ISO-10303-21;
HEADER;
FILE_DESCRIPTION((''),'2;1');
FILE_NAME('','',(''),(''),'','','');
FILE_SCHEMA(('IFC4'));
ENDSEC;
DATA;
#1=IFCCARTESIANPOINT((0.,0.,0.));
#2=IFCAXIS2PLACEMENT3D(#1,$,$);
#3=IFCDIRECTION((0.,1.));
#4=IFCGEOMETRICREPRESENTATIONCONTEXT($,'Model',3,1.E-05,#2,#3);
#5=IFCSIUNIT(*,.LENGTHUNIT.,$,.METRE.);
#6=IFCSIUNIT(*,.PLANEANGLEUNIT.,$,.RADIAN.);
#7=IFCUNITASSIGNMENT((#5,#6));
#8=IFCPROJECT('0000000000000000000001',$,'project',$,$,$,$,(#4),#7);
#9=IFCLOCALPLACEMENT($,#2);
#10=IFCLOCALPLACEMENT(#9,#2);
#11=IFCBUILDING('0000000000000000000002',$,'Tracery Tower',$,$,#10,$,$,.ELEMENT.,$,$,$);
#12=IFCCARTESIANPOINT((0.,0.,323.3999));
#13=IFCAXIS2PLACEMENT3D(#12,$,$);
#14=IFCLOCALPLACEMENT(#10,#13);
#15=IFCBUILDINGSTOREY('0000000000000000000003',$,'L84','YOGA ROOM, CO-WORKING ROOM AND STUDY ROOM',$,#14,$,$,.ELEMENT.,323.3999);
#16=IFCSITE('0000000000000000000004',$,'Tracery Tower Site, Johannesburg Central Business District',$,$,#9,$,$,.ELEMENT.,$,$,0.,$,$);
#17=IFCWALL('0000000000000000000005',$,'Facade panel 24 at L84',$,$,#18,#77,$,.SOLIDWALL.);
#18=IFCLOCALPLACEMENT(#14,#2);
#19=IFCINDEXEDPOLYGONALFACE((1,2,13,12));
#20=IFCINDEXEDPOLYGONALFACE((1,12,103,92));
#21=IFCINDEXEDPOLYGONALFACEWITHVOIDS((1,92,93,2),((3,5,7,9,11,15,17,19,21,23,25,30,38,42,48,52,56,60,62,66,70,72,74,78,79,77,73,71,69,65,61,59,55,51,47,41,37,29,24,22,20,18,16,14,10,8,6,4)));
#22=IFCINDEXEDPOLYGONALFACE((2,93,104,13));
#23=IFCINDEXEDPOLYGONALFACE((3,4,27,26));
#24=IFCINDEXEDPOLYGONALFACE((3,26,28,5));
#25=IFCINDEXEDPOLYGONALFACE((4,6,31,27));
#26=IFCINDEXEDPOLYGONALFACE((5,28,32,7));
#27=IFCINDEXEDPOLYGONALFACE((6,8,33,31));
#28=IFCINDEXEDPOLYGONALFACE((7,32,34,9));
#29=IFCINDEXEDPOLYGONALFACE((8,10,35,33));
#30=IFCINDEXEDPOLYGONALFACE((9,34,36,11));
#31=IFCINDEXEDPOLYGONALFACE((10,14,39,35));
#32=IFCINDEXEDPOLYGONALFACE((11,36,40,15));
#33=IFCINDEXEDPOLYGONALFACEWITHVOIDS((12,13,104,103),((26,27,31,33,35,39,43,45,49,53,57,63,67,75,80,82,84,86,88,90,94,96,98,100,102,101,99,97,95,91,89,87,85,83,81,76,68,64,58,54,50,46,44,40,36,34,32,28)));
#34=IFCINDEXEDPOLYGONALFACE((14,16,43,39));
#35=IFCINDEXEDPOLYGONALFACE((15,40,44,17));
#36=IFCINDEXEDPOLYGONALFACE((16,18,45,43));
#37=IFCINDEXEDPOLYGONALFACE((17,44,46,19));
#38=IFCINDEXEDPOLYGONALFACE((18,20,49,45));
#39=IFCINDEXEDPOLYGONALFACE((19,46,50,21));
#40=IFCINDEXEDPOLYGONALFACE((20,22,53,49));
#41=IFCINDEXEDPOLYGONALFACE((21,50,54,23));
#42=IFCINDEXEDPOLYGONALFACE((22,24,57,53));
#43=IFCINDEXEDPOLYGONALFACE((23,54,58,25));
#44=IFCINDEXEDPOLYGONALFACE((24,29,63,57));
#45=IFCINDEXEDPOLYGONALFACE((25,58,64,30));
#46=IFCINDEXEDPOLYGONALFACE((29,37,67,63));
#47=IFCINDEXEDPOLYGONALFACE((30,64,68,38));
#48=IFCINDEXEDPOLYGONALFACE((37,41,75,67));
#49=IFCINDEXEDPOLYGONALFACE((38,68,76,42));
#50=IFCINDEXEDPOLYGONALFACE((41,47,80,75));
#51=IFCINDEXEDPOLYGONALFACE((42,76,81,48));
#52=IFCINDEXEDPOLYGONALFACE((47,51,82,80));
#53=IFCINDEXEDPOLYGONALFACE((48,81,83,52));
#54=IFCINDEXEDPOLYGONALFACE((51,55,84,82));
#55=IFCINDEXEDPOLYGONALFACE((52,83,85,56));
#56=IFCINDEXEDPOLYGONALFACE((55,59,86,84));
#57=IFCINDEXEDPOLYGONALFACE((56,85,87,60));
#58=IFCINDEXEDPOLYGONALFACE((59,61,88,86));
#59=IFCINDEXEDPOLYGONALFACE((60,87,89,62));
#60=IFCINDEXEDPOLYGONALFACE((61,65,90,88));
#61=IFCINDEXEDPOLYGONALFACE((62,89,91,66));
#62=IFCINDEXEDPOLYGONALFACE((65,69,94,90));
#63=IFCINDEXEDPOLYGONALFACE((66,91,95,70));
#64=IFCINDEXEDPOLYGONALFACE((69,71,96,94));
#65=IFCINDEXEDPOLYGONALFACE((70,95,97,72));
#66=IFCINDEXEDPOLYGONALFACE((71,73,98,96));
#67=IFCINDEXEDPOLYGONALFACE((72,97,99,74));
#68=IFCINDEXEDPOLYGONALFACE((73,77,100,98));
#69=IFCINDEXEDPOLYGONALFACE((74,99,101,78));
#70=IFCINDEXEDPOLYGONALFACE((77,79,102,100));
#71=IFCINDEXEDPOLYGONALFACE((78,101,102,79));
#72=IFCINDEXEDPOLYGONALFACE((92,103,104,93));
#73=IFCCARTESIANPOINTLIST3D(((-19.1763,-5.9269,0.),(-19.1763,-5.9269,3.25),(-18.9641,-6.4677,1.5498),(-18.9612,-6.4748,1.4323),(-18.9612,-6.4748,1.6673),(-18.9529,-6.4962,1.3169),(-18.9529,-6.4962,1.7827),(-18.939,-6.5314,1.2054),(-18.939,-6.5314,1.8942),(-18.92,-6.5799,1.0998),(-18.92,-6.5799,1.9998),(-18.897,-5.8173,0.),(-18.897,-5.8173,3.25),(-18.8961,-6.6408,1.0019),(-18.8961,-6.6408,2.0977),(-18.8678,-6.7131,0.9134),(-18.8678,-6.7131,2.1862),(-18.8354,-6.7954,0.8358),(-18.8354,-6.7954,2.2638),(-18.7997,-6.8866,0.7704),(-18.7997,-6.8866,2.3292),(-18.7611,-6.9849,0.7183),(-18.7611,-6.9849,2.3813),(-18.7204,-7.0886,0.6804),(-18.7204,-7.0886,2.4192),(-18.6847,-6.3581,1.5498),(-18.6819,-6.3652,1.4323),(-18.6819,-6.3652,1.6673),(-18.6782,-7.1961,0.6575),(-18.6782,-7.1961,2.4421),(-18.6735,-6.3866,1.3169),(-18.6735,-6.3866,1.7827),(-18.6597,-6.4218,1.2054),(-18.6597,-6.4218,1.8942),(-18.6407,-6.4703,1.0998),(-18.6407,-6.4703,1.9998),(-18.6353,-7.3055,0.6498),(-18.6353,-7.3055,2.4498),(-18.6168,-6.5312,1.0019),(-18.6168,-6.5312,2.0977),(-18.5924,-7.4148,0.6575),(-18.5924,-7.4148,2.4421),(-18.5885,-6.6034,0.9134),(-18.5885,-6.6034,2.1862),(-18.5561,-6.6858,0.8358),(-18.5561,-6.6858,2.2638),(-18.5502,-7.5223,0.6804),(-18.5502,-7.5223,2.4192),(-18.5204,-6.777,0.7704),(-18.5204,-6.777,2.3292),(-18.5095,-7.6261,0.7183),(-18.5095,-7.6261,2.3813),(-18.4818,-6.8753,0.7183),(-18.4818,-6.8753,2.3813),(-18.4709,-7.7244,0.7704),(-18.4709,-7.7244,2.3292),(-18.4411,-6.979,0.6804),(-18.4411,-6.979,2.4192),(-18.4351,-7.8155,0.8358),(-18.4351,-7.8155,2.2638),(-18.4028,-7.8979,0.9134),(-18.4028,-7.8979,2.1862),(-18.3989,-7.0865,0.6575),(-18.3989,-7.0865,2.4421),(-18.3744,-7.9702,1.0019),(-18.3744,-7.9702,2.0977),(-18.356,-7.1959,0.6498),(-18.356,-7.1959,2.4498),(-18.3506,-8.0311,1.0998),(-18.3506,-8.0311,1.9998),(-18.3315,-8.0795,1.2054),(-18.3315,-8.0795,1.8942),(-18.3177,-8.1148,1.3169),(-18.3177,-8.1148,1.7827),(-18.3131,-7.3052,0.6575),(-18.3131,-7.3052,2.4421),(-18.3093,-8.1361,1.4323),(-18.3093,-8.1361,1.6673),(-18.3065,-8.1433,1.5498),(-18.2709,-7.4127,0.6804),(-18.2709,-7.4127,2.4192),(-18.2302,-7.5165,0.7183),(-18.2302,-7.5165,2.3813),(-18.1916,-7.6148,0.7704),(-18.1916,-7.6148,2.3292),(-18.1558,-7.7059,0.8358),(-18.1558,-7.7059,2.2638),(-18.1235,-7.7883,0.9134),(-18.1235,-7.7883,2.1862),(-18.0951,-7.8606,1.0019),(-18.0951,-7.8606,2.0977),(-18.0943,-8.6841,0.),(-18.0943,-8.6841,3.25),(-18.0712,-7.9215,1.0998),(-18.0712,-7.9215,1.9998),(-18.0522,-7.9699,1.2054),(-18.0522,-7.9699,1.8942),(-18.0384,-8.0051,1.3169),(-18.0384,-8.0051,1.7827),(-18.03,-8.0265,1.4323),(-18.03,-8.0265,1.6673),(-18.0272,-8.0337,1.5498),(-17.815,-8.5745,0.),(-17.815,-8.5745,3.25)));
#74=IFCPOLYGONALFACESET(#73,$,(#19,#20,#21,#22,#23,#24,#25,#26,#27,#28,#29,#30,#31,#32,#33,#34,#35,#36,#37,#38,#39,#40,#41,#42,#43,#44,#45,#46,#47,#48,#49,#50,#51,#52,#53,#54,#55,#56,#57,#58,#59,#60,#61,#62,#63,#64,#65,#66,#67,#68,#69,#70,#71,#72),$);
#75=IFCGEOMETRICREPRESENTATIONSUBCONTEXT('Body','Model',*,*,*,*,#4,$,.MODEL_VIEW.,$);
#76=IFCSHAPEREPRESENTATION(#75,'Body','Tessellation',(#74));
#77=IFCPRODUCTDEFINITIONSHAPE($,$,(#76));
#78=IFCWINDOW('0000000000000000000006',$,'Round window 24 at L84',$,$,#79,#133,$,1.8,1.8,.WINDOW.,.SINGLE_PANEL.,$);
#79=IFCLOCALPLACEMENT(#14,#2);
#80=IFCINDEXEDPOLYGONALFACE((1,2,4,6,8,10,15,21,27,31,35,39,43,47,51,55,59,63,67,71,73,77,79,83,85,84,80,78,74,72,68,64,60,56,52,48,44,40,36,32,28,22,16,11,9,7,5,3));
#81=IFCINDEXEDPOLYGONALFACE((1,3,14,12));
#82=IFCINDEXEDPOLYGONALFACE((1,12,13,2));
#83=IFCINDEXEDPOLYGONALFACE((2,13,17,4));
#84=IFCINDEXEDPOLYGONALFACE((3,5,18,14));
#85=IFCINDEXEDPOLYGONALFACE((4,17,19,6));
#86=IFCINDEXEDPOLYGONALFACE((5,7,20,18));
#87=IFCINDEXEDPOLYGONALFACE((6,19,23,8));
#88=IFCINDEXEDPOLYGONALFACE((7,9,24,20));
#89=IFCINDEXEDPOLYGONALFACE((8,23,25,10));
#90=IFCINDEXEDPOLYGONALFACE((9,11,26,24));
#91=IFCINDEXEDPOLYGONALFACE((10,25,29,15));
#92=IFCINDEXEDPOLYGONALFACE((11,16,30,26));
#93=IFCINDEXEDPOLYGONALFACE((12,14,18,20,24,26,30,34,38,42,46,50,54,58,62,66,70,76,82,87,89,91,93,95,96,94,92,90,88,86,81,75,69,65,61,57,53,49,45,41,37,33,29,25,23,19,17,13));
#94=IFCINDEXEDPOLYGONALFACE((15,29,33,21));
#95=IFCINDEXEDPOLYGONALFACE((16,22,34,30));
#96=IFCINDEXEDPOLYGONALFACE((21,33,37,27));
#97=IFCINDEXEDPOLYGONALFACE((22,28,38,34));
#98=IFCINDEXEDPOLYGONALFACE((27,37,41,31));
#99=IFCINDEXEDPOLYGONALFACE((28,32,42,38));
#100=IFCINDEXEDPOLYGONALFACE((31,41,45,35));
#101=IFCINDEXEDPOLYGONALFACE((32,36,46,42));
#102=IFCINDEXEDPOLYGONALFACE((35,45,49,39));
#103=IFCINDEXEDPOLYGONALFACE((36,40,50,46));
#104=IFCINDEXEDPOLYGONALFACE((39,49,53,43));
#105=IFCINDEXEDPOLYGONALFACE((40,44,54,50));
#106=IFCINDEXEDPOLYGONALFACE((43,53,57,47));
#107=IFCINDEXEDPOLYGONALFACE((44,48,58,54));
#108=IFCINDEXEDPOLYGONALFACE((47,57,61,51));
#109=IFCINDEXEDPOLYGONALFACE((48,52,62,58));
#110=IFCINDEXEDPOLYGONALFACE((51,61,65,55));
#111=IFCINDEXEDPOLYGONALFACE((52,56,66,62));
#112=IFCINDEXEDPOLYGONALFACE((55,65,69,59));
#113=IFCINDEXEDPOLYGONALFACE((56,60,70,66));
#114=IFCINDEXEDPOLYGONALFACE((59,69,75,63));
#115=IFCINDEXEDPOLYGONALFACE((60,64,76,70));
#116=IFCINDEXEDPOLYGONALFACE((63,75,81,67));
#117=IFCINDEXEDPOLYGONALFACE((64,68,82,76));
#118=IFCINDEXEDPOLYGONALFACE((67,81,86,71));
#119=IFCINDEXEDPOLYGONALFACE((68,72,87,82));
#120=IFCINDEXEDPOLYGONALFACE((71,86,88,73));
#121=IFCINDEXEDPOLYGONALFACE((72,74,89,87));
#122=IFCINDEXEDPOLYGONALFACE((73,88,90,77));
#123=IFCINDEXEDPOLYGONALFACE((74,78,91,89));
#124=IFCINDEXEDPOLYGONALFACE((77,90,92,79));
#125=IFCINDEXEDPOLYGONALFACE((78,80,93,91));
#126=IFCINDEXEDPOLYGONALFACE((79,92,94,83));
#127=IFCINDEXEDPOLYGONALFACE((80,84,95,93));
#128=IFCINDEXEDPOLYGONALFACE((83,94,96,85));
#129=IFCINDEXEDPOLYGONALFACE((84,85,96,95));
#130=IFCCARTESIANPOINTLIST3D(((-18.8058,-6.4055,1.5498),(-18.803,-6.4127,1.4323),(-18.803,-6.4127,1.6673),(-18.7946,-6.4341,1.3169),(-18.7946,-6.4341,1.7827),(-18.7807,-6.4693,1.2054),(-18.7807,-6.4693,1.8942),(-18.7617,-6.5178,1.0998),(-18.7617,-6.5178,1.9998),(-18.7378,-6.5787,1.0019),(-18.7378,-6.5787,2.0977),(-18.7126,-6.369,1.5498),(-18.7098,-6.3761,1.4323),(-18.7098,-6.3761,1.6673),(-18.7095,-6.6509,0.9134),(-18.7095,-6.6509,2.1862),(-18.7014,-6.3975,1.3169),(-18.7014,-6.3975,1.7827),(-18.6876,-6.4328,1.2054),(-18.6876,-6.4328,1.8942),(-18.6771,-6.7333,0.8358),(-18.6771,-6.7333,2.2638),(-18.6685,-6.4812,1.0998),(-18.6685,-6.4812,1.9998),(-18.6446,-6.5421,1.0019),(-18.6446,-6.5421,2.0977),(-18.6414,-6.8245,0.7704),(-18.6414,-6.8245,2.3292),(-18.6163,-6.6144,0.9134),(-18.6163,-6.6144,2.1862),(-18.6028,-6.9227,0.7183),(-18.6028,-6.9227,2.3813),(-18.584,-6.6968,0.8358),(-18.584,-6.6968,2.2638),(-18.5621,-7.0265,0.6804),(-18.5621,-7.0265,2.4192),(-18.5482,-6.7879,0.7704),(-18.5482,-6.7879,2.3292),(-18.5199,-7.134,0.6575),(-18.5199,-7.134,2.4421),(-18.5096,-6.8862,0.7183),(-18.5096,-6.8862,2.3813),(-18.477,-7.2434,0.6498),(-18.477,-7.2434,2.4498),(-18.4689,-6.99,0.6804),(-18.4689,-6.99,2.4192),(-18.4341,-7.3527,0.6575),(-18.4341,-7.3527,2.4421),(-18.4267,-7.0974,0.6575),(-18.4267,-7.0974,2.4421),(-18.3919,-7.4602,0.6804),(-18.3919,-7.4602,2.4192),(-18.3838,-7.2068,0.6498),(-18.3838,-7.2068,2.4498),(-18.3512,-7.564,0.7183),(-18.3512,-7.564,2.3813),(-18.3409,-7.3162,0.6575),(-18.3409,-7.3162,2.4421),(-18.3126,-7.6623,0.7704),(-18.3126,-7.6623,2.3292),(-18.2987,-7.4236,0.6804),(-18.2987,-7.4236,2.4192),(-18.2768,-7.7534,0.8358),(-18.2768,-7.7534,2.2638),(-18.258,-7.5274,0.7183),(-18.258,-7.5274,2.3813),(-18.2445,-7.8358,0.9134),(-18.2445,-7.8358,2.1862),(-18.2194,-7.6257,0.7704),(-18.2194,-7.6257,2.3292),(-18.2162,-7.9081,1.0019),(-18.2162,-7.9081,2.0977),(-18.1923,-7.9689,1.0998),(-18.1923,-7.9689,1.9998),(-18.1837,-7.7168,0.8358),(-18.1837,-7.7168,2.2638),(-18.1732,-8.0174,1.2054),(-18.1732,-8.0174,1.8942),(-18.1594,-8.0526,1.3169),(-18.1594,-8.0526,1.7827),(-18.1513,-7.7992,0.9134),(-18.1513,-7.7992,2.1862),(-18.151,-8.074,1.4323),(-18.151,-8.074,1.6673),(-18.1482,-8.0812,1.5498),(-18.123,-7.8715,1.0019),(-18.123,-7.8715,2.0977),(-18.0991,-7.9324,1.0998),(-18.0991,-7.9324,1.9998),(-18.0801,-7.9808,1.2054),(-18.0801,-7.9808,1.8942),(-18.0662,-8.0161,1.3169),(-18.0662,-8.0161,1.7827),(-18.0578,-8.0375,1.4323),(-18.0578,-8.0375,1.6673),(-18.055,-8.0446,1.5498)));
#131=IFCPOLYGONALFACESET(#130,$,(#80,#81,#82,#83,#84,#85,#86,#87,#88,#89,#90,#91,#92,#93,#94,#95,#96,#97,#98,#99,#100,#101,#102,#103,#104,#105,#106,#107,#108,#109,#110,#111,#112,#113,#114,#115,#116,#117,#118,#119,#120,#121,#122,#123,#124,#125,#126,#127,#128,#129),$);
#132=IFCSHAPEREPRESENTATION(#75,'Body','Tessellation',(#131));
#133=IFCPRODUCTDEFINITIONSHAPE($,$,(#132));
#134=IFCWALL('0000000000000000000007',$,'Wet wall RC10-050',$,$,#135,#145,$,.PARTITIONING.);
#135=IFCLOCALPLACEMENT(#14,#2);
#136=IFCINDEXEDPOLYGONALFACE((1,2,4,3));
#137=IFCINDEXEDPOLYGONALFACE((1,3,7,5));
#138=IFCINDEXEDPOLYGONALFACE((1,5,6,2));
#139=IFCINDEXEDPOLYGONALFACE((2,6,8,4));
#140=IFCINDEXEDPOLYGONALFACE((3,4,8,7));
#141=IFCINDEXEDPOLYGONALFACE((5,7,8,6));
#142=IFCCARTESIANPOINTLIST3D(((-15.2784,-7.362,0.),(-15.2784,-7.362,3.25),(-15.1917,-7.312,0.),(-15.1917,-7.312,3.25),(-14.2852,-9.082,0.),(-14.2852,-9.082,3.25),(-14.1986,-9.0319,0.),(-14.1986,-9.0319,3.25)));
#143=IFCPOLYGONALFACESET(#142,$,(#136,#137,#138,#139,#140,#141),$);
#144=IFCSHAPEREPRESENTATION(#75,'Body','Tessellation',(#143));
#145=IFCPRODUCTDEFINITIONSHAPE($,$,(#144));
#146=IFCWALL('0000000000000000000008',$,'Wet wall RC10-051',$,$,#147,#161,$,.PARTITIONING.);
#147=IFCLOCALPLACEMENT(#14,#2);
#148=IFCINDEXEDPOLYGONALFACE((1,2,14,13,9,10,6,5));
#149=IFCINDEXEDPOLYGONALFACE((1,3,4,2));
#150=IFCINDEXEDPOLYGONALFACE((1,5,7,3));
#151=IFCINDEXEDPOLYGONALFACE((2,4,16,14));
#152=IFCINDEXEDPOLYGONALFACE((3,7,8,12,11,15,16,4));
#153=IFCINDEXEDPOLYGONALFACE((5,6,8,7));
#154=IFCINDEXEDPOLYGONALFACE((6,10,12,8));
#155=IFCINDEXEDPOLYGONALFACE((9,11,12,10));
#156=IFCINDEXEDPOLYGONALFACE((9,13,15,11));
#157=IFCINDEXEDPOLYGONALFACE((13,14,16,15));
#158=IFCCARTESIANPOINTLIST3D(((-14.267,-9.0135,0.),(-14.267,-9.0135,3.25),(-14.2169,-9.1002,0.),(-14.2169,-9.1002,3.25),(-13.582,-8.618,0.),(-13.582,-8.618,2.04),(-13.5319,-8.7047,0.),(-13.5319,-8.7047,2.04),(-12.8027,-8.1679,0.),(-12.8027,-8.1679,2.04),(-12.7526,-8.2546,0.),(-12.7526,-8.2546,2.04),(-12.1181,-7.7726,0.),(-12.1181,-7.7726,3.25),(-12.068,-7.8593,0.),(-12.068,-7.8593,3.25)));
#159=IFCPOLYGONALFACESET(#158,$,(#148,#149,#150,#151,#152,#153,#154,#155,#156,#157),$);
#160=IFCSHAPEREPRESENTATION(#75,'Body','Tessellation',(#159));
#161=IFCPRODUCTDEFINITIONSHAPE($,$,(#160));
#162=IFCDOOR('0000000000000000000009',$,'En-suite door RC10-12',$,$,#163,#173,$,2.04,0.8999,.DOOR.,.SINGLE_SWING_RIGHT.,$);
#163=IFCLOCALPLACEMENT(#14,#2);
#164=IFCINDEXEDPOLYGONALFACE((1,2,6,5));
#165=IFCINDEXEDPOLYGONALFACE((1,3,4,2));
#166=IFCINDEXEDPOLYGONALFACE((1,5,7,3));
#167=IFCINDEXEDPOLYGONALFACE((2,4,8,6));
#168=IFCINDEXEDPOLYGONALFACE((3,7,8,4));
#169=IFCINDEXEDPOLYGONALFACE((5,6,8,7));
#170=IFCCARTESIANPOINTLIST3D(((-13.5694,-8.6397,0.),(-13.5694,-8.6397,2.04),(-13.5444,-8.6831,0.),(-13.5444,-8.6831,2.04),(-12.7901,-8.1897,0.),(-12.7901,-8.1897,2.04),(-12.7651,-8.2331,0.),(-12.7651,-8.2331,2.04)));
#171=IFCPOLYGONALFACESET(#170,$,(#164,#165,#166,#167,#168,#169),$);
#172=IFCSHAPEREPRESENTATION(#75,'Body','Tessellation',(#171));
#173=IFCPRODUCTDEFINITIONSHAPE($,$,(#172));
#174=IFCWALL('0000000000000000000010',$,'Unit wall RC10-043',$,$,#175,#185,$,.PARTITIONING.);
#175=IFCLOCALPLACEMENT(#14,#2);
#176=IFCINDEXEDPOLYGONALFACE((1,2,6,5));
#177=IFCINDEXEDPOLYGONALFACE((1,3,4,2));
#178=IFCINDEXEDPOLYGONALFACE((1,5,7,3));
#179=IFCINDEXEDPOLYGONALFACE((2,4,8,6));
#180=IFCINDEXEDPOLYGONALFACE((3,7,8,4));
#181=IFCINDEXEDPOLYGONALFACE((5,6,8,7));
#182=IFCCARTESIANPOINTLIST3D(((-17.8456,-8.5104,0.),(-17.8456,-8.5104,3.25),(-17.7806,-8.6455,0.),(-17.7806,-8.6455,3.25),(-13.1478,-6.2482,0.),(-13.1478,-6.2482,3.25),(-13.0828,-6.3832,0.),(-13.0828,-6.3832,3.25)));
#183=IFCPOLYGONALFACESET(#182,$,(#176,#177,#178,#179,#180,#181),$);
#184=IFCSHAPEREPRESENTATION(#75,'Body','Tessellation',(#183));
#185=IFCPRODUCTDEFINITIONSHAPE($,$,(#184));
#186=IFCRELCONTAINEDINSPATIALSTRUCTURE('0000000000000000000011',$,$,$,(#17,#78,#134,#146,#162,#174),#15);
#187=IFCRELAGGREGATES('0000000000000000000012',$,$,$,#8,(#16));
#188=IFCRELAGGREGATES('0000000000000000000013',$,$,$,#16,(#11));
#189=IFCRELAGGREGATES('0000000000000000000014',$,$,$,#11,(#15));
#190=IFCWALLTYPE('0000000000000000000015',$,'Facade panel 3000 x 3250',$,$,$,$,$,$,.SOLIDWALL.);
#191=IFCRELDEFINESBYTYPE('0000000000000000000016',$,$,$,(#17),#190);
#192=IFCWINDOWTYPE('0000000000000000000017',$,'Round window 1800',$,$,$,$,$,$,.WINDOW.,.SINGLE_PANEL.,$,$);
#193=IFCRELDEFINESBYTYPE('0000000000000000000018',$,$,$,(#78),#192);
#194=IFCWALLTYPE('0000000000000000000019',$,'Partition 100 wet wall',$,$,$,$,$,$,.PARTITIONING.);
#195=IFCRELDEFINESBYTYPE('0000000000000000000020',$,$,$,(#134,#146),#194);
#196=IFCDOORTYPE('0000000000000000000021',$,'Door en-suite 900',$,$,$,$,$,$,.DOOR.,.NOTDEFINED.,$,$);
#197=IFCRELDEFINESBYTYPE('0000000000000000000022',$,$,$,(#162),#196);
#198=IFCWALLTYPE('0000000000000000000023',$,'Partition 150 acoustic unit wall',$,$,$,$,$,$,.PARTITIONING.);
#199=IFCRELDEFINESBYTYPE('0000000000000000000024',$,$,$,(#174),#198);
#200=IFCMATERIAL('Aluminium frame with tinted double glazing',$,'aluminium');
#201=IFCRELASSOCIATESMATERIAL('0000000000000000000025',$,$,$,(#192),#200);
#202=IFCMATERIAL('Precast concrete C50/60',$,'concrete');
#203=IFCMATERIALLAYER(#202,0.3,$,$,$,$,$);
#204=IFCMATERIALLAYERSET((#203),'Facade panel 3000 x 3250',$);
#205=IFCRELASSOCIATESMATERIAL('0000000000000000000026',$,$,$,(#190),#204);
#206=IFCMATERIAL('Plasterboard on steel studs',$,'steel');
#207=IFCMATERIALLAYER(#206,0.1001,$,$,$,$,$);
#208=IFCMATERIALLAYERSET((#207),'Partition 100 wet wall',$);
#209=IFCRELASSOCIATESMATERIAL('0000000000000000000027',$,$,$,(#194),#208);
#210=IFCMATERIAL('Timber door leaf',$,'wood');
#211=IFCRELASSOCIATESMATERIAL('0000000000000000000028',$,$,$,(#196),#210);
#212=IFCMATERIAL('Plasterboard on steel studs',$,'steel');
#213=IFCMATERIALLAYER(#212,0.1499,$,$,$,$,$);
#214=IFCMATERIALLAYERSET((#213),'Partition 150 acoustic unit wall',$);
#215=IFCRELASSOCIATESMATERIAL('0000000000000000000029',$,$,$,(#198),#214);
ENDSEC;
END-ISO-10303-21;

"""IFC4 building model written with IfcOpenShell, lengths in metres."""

from ifc_helpers import new_model, si_unit, direction, frame, frame_2d, origin, origin_2d, place, context, subcontext, project, spatial, rectangle, circle, extrude, material, layer, layer_set, type_object, element, fill, save


model = new_model("IFC4")

# Units and contexts
model_context = context("Model", 3, precision=1e-05, world=origin(), true_north=direction((0.0, 1.0)))
body_context = subcontext(model_context, "Body", "Model", "MODEL_VIEW")
ifc_project = project(units=[si_unit("LENGTHUNIT", "METRE"), si_unit("PLANEANGLEUNIT", "RADIAN")], contexts=[model_context])

# Site, building, storey
site_placement = place(None, origin())
site = spatial("IfcSite", under=ifc_project, at=site_placement, Name="Tracery Tower Site, Johannesburg Central Business District", CompositionType="ELEMENT", RefElevation=0.0)
building_placement = place(site_placement, origin())
building = spatial("IfcBuilding", under=site, at=building_placement, Name="Tracery Tower", CompositionType="ELEMENT")
storey_placement = place(building_placement, frame((0.0, 0.0, 323.3999)))
storey = spatial("IfcBuildingStorey", under=building, at=storey_placement, Name="L84", Description="YOGA ROOM, CO-WORKING ROOM AND STUDY ROOM", CompositionType="ELEMENT", Elevation=323.3999)

# Wall, opening, window
ifc_material_1 = material(Name="Aluminium frame with tinted double glazing", Category="aluminium")
window_type = type_object("IfcWindowType", Name="Round window 1800", PartitioningType="SINGLE_PANEL", PredefinedType="WINDOW", material=ifc_material_1)
ifc_material_2 = material(Name="Precast concrete C50/60", Category="concrete")
ifc_layer_1 = layer(ifc_material_2, 0.3)
ifc_layer_set_1 = layer_set([ifc_layer_1], Name="Facade panel 3000 x 3250")
wall_type_1 = type_object("IfcWallType", Name="Facade panel 3000 x 3250", PredefinedType="SOLIDWALL", material=ifc_layer_set_1)
wall_1_placement = place(storey_placement, frame((-19.0366, -5.8721, 0.0), z_axis=(0.0, 0.0, 1.0), x_axis=(0.3653, -0.93089, 0.0)))
wall_1 = element("IfcWall", 1, at=wall_1_placement, inside=storey, type_object=wall_type_1, Name="Facade panel 24 at L84", PredefinedType="SOLIDWALL", context=body_context, shape_type="SweptSolid", body=[
    extrude(rectangle(XDim=2.9619, YDim=0.3, at=frame_2d((1.481, 0.0))), origin(), (0.0, 0.0, 1.0), 3.25),
])
opening_1_placement = place(wall_1_placement, frame((1.481, 0.0, 1.5498)))
opening_1 = element("IfcOpeningElement", 2, at=opening_1_placement, cuts=wall_1, PredefinedType="OPENING", context=body_context, shape_type="SweptSolid", body=[
    extrude(circle(Radius=0.9, at=origin_2d()), frame((0.0, 0.1599, 0.0), z_axis=(0.0, -1.0, 0.0), x_axis=(1.0, 0.0, 0.0)), (0.0, 0.0, 1.0), 0.3201),
])
window_1_placement = place(opening_1_placement, origin())
window_1 = element("IfcWindow", 3, at=window_1_placement, inside=storey, type_object=window_type, Name="Round window 24 at L84", OverallHeight=1.8, OverallWidth=1.8, PartitioningType="SINGLE_PANEL", PredefinedType="WINDOW", context=body_context, shape_type="SweptSolid", body=[
    extrude(circle(Radius=0.9, at=origin_2d()), frame((0.0, 0.1201, 0.0), z_axis=(0.0, -1.0, 0.0), x_axis=(1.0, 0.0, 0.0)), (0.0, 0.0, 1.0), 0.1001),
])
fill(opening_1, window_1)

# Wall
ifc_material_3 = material(Name="Plasterboard on steel studs", Category="steel")
ifc_layer_2 = layer(ifc_material_3, 0.1001)
ifc_layer_set_2 = layer_set([ifc_layer_2], Name="Partition 100 wet wall")
wall_type_2 = type_object("IfcWallType", Name="Partition 100 wet wall", PredefinedType="PARTITIONING", material=ifc_layer_set_2)
wall_2_placement = place(storey_placement, frame((-15.2351, -7.3369, 0.0), z_axis=(0.0, 0.0, 1.0), x_axis=(0.500052, -0.865995, 0.0)))
element("IfcWall", 4, at=wall_2_placement, inside=storey, type_object=wall_type_2, Name="Wet wall RC10-050", PredefinedType="PARTITIONING", context=body_context, shape_type="SweptSolid", body=[
    extrude(rectangle(XDim=1.9861, YDim=0.1001, at=frame_2d((0.9932, 0.0))), origin(), (0.0, 0.0, 1.0), 3.25),
])

# Wall, opening, door
wall_3_placement = place(storey_placement, frame((-14.2419, -9.0569, 0.0), z_axis=(0.0, 0.0, 1.0), x_axis=(0.865976, 0.500086, 0.0)))
wall_3 = element("IfcWall", 5, at=wall_3_placement, inside=storey, type_object=wall_type_2, Name="Wet wall RC10-051", PredefinedType="PARTITIONING", context=body_context, shape_type="SweptSolid", body=[
    extrude(rectangle(XDim=2.4814, YDim=0.1001, at=frame_2d((1.2407, 0.0))), origin(), (0.0, 0.0, 1.0), 3.25),
])
opening_2_placement = place(wall_3_placement, frame((0.791, 0.0, 0.0)))
opening_2 = element("IfcOpeningElement", 6, at=opening_2_placement, cuts=wall_3, PredefinedType="OPENING", context=body_context, shape_type="SweptSolid", body=[
    extrude(rectangle(XDim=0.8999, YDim=2.04, at=frame_2d((0.45, 1.02))), frame((0.0, 0.05, 0.0), z_axis=(0.0, -1.0, 0.0), x_axis=(1.0, 0.0, 0.0)), (0.0, 0.0, 1.0), 0.1001),
])
ifc_material_4 = material(Name="Timber door leaf", Category="wood")
door_type_1 = type_object("IfcDoorType", Name="Door en-suite 900", OperationType="NOTDEFINED", PredefinedType="DOOR", material=ifc_material_4)
door_1_placement = place(opening_2_placement, origin())
door_1 = element("IfcDoor", 7, at=door_1_placement, inside=storey, type_object=door_type_1, Name="En-suite door RC10-12", OperationType="SINGLE_SWING_RIGHT", OverallHeight=2.04, OverallWidth=0.8999, PredefinedType="DOOR", context=body_context, shape_type="SweptSolid", body=[
    extrude(rectangle(XDim=0.8999, YDim=2.04, at=frame_2d((0.45, 1.02))), frame((0.0, 0.0249, 0.0), z_axis=(0.0, -1.0, 0.0), x_axis=(1.0, 0.0, 0.0)), (0.0, 0.0, 1.0), 0.05),
])
fill(opening_2, door_1)

# Wall
ifc_material_5 = material(Name="Plasterboard on steel studs", Category="steel")
ifc_layer_3 = layer(ifc_material_5, 0.1499)
ifc_layer_set_3 = layer_set([ifc_layer_3], Name="Partition 150 acoustic unit wall")
wall_type_3 = type_object("IfcWallType", Name="Partition 150 acoustic unit wall", PredefinedType="PARTITIONING", material=ifc_layer_set_3)
wall_4_placement = place(storey_placement, frame((-17.813, -8.5779, 0.0), z_axis=(0.0, 0.0, 1.0), x_axis=(0.900977, 0.433866, 0.0)))
element("IfcWall", 8, at=wall_4_placement, inside=storey, type_object=wall_type_3, Name="Unit wall RC10-043", PredefinedType="PARTITIONING", context=body_context, shape_type="SweptSolid", body=[
    extrude(rectangle(XDim=5.2141, YDim=0.1499, at=frame_2d((2.6069, 0.0))), origin(), (0.0, 0.0, 1.0), 3.25),
])

save(model, "model.ifc")
